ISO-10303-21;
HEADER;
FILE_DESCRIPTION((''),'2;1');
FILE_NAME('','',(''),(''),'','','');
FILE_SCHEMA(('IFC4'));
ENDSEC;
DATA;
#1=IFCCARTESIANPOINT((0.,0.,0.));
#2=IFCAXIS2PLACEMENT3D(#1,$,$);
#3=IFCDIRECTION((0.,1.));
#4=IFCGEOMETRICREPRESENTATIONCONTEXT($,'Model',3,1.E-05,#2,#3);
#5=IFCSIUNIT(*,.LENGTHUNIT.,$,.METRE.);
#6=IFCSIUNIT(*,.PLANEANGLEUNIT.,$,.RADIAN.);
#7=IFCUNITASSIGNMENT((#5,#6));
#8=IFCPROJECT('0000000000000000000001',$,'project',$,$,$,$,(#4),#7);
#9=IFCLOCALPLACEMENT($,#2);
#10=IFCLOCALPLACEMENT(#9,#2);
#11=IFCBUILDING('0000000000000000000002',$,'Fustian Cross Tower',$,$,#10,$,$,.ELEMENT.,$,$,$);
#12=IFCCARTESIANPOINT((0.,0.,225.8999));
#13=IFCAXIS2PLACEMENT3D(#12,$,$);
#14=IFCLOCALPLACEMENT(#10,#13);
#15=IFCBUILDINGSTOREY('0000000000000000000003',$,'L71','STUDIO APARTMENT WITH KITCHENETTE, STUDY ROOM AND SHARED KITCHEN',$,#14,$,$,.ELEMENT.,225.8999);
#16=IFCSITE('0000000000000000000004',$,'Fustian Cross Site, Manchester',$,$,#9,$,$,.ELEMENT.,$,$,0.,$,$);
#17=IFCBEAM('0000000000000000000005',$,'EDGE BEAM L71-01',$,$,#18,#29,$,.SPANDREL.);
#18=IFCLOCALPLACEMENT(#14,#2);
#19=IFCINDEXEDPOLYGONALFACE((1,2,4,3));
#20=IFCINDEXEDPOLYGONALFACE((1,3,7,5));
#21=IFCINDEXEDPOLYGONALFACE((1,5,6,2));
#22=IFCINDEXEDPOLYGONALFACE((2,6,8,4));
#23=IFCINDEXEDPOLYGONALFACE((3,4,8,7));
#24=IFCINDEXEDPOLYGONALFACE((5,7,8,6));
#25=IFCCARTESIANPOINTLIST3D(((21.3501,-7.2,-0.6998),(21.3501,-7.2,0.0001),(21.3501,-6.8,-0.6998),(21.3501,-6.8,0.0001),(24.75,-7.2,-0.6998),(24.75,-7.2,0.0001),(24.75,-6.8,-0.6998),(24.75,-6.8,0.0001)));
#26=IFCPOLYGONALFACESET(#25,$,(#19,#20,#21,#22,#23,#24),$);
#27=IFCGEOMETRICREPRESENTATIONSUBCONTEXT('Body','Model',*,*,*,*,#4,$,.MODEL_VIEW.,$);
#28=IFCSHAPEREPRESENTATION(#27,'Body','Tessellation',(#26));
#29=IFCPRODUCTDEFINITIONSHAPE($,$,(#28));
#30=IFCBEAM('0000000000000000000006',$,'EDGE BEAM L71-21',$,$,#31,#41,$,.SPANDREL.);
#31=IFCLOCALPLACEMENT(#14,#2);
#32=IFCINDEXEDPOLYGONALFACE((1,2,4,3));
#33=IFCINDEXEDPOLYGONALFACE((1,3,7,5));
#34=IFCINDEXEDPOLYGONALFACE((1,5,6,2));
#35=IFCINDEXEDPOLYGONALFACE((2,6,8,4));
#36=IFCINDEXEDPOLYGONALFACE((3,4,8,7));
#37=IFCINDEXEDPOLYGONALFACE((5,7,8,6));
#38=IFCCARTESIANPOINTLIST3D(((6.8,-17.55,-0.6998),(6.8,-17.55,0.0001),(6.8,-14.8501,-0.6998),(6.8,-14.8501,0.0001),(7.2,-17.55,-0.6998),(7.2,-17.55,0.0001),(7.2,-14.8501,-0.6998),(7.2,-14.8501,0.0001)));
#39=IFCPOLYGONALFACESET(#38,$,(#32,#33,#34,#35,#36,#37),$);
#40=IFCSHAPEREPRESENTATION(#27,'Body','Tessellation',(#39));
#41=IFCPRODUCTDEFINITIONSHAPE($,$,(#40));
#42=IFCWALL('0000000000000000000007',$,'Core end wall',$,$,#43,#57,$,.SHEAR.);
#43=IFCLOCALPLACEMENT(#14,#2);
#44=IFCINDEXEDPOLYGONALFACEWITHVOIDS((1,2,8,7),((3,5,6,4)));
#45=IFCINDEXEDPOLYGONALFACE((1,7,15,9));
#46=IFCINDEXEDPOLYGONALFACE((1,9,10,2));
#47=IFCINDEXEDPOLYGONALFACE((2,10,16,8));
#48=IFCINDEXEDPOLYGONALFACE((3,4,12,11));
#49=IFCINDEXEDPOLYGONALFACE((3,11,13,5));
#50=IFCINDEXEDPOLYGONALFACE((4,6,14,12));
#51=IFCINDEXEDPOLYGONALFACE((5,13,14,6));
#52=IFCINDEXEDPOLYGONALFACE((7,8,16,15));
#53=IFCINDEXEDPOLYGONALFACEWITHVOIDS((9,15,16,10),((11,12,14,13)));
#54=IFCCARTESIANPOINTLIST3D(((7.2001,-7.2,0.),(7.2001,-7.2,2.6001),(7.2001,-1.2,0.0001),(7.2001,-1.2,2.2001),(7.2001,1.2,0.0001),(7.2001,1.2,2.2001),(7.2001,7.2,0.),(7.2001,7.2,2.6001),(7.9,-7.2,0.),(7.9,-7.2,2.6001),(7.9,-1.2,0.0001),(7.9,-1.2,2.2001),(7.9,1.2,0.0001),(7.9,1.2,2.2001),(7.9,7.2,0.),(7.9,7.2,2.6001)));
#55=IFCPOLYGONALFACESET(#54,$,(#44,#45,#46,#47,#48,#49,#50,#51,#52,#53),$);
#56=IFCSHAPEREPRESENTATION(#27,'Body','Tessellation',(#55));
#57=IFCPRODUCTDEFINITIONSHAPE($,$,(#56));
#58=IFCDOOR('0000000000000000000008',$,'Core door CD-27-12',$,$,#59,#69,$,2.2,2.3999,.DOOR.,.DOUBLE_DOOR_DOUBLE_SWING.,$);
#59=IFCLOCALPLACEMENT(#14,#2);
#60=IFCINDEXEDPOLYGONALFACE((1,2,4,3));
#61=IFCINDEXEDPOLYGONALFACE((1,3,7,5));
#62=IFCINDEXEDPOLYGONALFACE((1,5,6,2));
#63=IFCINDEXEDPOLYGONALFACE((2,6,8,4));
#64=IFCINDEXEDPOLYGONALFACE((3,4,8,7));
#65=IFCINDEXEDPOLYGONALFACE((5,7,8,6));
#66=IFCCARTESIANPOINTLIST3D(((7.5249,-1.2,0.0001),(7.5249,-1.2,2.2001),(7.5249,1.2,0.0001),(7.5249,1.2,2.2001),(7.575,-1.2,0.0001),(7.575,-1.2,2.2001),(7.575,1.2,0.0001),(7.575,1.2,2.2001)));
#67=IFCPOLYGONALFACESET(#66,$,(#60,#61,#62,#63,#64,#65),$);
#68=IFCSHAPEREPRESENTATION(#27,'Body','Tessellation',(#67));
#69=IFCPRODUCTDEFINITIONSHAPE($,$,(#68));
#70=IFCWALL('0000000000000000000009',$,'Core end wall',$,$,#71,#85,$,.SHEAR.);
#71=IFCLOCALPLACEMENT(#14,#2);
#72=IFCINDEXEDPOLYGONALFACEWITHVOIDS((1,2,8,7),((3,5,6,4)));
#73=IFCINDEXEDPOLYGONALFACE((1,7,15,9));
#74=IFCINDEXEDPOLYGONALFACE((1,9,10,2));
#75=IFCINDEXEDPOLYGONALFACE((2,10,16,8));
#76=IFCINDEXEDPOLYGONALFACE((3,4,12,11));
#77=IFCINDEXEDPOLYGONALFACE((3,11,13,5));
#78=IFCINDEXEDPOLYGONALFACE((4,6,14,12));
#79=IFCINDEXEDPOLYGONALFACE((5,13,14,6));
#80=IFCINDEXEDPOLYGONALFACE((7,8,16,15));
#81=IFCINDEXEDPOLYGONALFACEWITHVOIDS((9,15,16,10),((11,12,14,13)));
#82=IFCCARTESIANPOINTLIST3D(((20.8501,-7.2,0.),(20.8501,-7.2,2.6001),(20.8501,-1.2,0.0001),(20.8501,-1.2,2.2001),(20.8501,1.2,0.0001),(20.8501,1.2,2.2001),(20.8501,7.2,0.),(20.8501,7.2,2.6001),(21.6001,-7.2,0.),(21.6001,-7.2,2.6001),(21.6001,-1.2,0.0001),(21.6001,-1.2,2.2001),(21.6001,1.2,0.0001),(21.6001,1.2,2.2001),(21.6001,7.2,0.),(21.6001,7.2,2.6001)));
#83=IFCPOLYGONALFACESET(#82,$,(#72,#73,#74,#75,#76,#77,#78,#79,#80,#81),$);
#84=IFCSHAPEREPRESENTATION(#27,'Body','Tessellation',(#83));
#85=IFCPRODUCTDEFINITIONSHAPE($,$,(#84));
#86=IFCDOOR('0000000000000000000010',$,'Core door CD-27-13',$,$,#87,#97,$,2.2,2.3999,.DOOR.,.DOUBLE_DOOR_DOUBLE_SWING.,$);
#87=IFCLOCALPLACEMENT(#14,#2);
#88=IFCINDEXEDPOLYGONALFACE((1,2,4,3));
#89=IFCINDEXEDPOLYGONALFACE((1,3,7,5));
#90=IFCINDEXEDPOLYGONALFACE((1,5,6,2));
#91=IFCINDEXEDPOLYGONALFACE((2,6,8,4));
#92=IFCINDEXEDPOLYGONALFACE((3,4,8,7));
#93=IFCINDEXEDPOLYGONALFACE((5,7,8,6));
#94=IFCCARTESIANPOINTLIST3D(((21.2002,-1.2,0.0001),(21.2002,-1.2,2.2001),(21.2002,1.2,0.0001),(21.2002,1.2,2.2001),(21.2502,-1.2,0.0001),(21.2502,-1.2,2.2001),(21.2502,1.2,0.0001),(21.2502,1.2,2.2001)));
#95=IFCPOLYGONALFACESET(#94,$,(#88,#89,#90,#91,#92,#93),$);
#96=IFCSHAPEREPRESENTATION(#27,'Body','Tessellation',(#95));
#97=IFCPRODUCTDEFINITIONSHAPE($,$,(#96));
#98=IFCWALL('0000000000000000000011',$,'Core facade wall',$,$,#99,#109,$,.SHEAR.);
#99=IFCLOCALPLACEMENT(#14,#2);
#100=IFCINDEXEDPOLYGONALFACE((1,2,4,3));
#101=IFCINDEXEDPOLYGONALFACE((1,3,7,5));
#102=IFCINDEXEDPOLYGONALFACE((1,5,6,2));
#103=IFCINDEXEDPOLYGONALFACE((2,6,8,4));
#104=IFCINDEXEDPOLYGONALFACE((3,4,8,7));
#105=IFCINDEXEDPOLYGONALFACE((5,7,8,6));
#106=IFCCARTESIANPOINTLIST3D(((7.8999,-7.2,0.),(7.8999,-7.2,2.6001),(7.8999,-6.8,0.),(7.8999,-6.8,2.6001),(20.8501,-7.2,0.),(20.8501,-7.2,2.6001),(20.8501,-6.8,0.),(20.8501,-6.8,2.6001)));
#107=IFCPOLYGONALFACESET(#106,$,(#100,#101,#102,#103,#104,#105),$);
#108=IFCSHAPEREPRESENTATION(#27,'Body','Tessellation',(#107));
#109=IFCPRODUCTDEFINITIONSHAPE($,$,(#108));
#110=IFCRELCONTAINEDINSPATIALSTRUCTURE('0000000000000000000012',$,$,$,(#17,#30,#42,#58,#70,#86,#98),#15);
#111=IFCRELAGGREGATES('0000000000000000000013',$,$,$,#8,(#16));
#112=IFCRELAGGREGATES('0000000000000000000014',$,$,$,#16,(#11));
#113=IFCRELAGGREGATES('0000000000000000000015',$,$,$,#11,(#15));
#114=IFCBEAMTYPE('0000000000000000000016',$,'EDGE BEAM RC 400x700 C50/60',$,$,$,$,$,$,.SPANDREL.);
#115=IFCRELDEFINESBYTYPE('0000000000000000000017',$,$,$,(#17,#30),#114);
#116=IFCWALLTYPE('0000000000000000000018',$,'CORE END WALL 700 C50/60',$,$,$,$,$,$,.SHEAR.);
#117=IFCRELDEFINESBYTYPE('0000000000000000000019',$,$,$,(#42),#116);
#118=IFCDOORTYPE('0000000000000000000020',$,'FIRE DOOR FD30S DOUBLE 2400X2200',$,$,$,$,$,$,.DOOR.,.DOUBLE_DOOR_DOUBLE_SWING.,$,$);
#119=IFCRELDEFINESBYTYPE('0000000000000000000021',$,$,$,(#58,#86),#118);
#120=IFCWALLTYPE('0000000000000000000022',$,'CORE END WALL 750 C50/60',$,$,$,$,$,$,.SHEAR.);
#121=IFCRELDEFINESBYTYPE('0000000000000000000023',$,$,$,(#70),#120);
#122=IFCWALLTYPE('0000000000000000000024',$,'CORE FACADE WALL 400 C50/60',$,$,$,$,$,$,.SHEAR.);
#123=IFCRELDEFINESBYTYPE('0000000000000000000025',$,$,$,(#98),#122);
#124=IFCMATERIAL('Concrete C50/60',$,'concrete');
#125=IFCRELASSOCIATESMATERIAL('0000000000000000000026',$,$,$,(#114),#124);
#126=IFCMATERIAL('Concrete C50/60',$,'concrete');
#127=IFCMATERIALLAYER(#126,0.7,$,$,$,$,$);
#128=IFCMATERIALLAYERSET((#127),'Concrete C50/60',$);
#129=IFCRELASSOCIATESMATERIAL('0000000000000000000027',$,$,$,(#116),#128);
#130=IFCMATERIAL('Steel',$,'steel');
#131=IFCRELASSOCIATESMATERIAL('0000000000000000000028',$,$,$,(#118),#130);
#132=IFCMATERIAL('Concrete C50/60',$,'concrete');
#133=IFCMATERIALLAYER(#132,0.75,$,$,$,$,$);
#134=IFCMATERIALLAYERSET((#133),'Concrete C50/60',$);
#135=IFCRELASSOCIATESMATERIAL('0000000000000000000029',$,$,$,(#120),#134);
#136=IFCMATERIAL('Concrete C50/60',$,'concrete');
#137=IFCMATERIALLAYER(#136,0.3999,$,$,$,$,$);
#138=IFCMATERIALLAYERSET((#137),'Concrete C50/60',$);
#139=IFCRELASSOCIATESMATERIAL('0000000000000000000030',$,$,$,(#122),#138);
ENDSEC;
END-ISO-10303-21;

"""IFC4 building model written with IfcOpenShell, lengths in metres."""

from ifc_helpers import new_model, si_unit, direction, frame, frame_2d, origin, origin_2d, place, context, subcontext, project, spatial, rectangle, extrude, material, layer, layer_set, material_profile, profile_set, type_object, element, fill, save


model = new_model("IFC4")

# Units and contexts
model_context = context("Model", 3, precision=1e-05, world=origin(), true_north=direction((0.0, 1.0)))
body_context = subcontext(model_context, "Body", "Model", "MODEL_VIEW")
ifc_project = project(units=[si_unit("LENGTHUNIT", "METRE"), si_unit("PLANEANGLEUNIT", "RADIAN")], contexts=[model_context])

# Site, building, storey
site_placement = place(None, origin())
site = spatial("IfcSite", under=ifc_project, at=site_placement, Name="Fustian Cross Site, Manchester", CompositionType="ELEMENT", RefElevation=0.0)
building_placement = place(site_placement, origin())
building = spatial("IfcBuilding", under=site, at=building_placement, Name="Fustian Cross Tower", CompositionType="ELEMENT")
storey_placement = place(building_placement, frame((0.0, 0.0, 225.8999)))
storey = spatial("IfcBuildingStorey", under=building, at=storey_placement, Name="L71", Description="STUDIO APARTMENT WITH KITCHENETTE, STUDY ROOM AND SHARED KITCHEN", CompositionType="ELEMENT", Elevation=225.8999)

# Beams
ifc_material_1 = material(Name="Concrete C50/60", Category="concrete")
ifc_material_profile = material_profile(ifc_material_1, rectangle(XDim=0.3999, YDim=0.7, at=origin_2d()), Name="RC 400x700")
ifc_profile_set = profile_set([ifc_material_profile], Name="Concrete C50/60")
beam_type = type_object("IfcBeamType", Name="EDGE BEAM RC 400x700 C50/60", PredefinedType="SPANDREL", material=ifc_profile_set)
beam_1_placement = place(storey_placement, frame((21.3501, -7.0, -0.3499), z_axis=(1.0, 0.0, 0.0), x_axis=(0.0, 1.0, 0.0)))
element("IfcBeam", 1, at=beam_1_placement, inside=storey, type_object=beam_type, Name="EDGE BEAM L71-01", PredefinedType="SPANDREL", context=body_context, shape_type="SweptSolid", body=[
    extrude(rectangle(XDim=0.3999, YDim=0.7, at=origin_2d()), origin(), (0.0, 0.0, 1.0), 3.3999),
])
beam_2_placement = place(storey_placement, frame((7.0, -17.55, -0.3499), z_axis=(0.0, 1.0, 0.0), x_axis=(-1.0, 0.0, 0.0)))
element("IfcBeam", 2, at=beam_2_placement, inside=storey, type_object=beam_type, Name="EDGE BEAM L71-21", PredefinedType="SPANDREL", context=body_context, shape_type="SweptSolid", body=[
    extrude(rectangle(XDim=0.3999, YDim=0.7, at=origin_2d()), origin(), (0.0, 0.0, 1.0), 2.7),
])

# Walls, openings, doors
ifc_material_2 = material(Name="Concrete C50/60", Category="concrete")
ifc_layer_1 = layer(ifc_material_2, 0.7)
ifc_layer_set_1 = layer_set([ifc_layer_1], Name="Concrete C50/60")
wall_type_1 = type_object("IfcWallType", Name="CORE END WALL 700 C50/60", PredefinedType="SHEAR", material=ifc_layer_set_1)
wall_1_placement = place(storey_placement, frame((7.55, -7.2, 0.0), z_axis=(0.0, 0.0, 1.0), x_axis=(0.0, 1.0, 0.0)))
wall_1 = element("IfcWall", 3, at=wall_1_placement, inside=storey, type_object=wall_type_1, Name="Core end wall", PredefinedType="SHEAR", context=body_context, shape_type="SweptSolid", body=[
    extrude(rectangle(XDim=14.3999, YDim=0.7, at=frame_2d((7.2, 0.0))), origin(), (0.0, 0.0, 1.0), 2.6001),
])
opening_1_placement = place(wall_1_placement, frame((6.0, 0.0, 0.0)))
opening_1 = element("IfcOpeningElement", 4, at=opening_1_placement, cuts=wall_1, PredefinedType="OPENING", context=body_context, shape_type="SweptSolid", body=[
    extrude(rectangle(XDim=2.3999, YDim=2.2, at=frame_2d((1.2, 1.1001))), frame((0.0, 0.3599, 0.0), z_axis=(0.0, -1.0, 0.0), x_axis=(1.0, 0.0, 0.0)), (0.0, 0.0, 1.0), 0.72),
])
ifc_material_3 = material(Name="Steel", Category="steel")
door_type_1 = type_object("IfcDoorType", Name="FIRE DOOR FD30S DOUBLE 2400X2200", OperationType="DOUBLE_DOOR_DOUBLE_SWING", PredefinedType="DOOR", material=ifc_material_3)
door_1_placement = place(opening_1_placement, frame((2.3999, 0.0, 0.0), z_axis=(0.0, 0.0, 1.0), x_axis=(-1.0, 0.0, 0.0)))
door_1 = element("IfcDoor", 5, at=door_1_placement, inside=storey, type_object=door_type_1, Name="Core door CD-27-12", OperationType="DOUBLE_DOOR_DOUBLE_SWING", OverallHeight=2.2, OverallWidth=2.3999, PredefinedType="DOOR", context=body_context, shape_type="SweptSolid", body=[
    extrude(rectangle(XDim=2.3999, YDim=2.2, at=frame_2d((1.2, 1.1001))), frame((0.0, 0.0249, 0.0), z_axis=(0.0, -1.0, 0.0), x_axis=(1.0, 0.0, 0.0)), (0.0, 0.0, 1.0), 0.05),
])
fill(opening_1, door_1)
ifc_material_4 = material(Name="Concrete C50/60", Category="concrete")
ifc_layer_2 = layer(ifc_material_4, 0.75)
ifc_layer_set_2 = layer_set([ifc_layer_2], Name="Concrete C50/60")
wall_type_2 = type_object("IfcWallType", Name="CORE END WALL 750 C50/60", PredefinedType="SHEAR", material=ifc_layer_set_2)
wall_2_placement = place(storey_placement, frame((21.2251, -7.2, 0.0), z_axis=(0.0, 0.0, 1.0), x_axis=(0.0, 1.0, 0.0)))
wall_2 = element("IfcWall", 6, at=wall_2_placement, inside=storey, type_object=wall_type_2, Name="Core end wall", PredefinedType="SHEAR", context=body_context, shape_type="SweptSolid", body=[
    extrude(rectangle(XDim=14.3999, YDim=0.75, at=frame_2d((7.2, 0.0))), origin(), (0.0, 0.0, 1.0), 2.6001),
])
opening_2_placement = place(wall_2_placement, frame((6.0, 0.0, 0.0)))
opening_2 = element("IfcOpeningElement", 7, at=opening_2_placement, cuts=wall_2, PredefinedType="OPENING", context=body_context, shape_type="SweptSolid", body=[
    extrude(rectangle(XDim=2.3999, YDim=2.2, at=frame_2d((1.2, 1.1001))), frame((0.0, 0.385, 0.0), z_axis=(0.0, -1.0, 0.0), x_axis=(1.0, 0.0, 0.0)), (0.0, 0.0, 1.0), 0.77),
])
door_2_placement = place(opening_2_placement, origin())
door_2 = element("IfcDoor", 8, at=door_2_placement, inside=storey, type_object=door_type_1, Name="Core door CD-27-13", OperationType="DOUBLE_DOOR_DOUBLE_SWING", OverallHeight=2.2, OverallWidth=2.3999, PredefinedType="DOOR", context=body_context, shape_type="SweptSolid", body=[
    extrude(rectangle(XDim=2.3999, YDim=2.2, at=frame_2d((1.2, 1.1001))), frame((0.0, 0.0249, 0.0), z_axis=(0.0, -1.0, 0.0), x_axis=(1.0, 0.0, 0.0)), (0.0, 0.0, 1.0), 0.05),
])
fill(opening_2, door_2)

# Wall
ifc_material_5 = material(Name="Concrete C50/60", Category="concrete")
ifc_layer_3 = layer(ifc_material_5, 0.3999)
ifc_layer_set_3 = layer_set([ifc_layer_3], Name="Concrete C50/60")
wall_type_3 = type_object("IfcWallType", Name="CORE FACADE WALL 400 C50/60", PredefinedType="SHEAR", material=ifc_layer_set_3)
wall_3_placement = place(storey_placement, frame((7.8999, -7.0, 0.0), z_axis=(0.0, 0.0, 1.0), x_axis=(1.0, 0.0, 0.0)))
element("IfcWall", 9, at=wall_3_placement, inside=storey, type_object=wall_type_3, Name="Core facade wall", PredefinedType="SHEAR", context=body_context, shape_type="SweptSolid", body=[
    extrude(rectangle(XDim=12.9502, YDim=0.3999, at=frame_2d((6.4751, 0.0))), origin(), (0.0, 0.0, 1.0), 2.6001),
])

save(model, "model.ifc")
